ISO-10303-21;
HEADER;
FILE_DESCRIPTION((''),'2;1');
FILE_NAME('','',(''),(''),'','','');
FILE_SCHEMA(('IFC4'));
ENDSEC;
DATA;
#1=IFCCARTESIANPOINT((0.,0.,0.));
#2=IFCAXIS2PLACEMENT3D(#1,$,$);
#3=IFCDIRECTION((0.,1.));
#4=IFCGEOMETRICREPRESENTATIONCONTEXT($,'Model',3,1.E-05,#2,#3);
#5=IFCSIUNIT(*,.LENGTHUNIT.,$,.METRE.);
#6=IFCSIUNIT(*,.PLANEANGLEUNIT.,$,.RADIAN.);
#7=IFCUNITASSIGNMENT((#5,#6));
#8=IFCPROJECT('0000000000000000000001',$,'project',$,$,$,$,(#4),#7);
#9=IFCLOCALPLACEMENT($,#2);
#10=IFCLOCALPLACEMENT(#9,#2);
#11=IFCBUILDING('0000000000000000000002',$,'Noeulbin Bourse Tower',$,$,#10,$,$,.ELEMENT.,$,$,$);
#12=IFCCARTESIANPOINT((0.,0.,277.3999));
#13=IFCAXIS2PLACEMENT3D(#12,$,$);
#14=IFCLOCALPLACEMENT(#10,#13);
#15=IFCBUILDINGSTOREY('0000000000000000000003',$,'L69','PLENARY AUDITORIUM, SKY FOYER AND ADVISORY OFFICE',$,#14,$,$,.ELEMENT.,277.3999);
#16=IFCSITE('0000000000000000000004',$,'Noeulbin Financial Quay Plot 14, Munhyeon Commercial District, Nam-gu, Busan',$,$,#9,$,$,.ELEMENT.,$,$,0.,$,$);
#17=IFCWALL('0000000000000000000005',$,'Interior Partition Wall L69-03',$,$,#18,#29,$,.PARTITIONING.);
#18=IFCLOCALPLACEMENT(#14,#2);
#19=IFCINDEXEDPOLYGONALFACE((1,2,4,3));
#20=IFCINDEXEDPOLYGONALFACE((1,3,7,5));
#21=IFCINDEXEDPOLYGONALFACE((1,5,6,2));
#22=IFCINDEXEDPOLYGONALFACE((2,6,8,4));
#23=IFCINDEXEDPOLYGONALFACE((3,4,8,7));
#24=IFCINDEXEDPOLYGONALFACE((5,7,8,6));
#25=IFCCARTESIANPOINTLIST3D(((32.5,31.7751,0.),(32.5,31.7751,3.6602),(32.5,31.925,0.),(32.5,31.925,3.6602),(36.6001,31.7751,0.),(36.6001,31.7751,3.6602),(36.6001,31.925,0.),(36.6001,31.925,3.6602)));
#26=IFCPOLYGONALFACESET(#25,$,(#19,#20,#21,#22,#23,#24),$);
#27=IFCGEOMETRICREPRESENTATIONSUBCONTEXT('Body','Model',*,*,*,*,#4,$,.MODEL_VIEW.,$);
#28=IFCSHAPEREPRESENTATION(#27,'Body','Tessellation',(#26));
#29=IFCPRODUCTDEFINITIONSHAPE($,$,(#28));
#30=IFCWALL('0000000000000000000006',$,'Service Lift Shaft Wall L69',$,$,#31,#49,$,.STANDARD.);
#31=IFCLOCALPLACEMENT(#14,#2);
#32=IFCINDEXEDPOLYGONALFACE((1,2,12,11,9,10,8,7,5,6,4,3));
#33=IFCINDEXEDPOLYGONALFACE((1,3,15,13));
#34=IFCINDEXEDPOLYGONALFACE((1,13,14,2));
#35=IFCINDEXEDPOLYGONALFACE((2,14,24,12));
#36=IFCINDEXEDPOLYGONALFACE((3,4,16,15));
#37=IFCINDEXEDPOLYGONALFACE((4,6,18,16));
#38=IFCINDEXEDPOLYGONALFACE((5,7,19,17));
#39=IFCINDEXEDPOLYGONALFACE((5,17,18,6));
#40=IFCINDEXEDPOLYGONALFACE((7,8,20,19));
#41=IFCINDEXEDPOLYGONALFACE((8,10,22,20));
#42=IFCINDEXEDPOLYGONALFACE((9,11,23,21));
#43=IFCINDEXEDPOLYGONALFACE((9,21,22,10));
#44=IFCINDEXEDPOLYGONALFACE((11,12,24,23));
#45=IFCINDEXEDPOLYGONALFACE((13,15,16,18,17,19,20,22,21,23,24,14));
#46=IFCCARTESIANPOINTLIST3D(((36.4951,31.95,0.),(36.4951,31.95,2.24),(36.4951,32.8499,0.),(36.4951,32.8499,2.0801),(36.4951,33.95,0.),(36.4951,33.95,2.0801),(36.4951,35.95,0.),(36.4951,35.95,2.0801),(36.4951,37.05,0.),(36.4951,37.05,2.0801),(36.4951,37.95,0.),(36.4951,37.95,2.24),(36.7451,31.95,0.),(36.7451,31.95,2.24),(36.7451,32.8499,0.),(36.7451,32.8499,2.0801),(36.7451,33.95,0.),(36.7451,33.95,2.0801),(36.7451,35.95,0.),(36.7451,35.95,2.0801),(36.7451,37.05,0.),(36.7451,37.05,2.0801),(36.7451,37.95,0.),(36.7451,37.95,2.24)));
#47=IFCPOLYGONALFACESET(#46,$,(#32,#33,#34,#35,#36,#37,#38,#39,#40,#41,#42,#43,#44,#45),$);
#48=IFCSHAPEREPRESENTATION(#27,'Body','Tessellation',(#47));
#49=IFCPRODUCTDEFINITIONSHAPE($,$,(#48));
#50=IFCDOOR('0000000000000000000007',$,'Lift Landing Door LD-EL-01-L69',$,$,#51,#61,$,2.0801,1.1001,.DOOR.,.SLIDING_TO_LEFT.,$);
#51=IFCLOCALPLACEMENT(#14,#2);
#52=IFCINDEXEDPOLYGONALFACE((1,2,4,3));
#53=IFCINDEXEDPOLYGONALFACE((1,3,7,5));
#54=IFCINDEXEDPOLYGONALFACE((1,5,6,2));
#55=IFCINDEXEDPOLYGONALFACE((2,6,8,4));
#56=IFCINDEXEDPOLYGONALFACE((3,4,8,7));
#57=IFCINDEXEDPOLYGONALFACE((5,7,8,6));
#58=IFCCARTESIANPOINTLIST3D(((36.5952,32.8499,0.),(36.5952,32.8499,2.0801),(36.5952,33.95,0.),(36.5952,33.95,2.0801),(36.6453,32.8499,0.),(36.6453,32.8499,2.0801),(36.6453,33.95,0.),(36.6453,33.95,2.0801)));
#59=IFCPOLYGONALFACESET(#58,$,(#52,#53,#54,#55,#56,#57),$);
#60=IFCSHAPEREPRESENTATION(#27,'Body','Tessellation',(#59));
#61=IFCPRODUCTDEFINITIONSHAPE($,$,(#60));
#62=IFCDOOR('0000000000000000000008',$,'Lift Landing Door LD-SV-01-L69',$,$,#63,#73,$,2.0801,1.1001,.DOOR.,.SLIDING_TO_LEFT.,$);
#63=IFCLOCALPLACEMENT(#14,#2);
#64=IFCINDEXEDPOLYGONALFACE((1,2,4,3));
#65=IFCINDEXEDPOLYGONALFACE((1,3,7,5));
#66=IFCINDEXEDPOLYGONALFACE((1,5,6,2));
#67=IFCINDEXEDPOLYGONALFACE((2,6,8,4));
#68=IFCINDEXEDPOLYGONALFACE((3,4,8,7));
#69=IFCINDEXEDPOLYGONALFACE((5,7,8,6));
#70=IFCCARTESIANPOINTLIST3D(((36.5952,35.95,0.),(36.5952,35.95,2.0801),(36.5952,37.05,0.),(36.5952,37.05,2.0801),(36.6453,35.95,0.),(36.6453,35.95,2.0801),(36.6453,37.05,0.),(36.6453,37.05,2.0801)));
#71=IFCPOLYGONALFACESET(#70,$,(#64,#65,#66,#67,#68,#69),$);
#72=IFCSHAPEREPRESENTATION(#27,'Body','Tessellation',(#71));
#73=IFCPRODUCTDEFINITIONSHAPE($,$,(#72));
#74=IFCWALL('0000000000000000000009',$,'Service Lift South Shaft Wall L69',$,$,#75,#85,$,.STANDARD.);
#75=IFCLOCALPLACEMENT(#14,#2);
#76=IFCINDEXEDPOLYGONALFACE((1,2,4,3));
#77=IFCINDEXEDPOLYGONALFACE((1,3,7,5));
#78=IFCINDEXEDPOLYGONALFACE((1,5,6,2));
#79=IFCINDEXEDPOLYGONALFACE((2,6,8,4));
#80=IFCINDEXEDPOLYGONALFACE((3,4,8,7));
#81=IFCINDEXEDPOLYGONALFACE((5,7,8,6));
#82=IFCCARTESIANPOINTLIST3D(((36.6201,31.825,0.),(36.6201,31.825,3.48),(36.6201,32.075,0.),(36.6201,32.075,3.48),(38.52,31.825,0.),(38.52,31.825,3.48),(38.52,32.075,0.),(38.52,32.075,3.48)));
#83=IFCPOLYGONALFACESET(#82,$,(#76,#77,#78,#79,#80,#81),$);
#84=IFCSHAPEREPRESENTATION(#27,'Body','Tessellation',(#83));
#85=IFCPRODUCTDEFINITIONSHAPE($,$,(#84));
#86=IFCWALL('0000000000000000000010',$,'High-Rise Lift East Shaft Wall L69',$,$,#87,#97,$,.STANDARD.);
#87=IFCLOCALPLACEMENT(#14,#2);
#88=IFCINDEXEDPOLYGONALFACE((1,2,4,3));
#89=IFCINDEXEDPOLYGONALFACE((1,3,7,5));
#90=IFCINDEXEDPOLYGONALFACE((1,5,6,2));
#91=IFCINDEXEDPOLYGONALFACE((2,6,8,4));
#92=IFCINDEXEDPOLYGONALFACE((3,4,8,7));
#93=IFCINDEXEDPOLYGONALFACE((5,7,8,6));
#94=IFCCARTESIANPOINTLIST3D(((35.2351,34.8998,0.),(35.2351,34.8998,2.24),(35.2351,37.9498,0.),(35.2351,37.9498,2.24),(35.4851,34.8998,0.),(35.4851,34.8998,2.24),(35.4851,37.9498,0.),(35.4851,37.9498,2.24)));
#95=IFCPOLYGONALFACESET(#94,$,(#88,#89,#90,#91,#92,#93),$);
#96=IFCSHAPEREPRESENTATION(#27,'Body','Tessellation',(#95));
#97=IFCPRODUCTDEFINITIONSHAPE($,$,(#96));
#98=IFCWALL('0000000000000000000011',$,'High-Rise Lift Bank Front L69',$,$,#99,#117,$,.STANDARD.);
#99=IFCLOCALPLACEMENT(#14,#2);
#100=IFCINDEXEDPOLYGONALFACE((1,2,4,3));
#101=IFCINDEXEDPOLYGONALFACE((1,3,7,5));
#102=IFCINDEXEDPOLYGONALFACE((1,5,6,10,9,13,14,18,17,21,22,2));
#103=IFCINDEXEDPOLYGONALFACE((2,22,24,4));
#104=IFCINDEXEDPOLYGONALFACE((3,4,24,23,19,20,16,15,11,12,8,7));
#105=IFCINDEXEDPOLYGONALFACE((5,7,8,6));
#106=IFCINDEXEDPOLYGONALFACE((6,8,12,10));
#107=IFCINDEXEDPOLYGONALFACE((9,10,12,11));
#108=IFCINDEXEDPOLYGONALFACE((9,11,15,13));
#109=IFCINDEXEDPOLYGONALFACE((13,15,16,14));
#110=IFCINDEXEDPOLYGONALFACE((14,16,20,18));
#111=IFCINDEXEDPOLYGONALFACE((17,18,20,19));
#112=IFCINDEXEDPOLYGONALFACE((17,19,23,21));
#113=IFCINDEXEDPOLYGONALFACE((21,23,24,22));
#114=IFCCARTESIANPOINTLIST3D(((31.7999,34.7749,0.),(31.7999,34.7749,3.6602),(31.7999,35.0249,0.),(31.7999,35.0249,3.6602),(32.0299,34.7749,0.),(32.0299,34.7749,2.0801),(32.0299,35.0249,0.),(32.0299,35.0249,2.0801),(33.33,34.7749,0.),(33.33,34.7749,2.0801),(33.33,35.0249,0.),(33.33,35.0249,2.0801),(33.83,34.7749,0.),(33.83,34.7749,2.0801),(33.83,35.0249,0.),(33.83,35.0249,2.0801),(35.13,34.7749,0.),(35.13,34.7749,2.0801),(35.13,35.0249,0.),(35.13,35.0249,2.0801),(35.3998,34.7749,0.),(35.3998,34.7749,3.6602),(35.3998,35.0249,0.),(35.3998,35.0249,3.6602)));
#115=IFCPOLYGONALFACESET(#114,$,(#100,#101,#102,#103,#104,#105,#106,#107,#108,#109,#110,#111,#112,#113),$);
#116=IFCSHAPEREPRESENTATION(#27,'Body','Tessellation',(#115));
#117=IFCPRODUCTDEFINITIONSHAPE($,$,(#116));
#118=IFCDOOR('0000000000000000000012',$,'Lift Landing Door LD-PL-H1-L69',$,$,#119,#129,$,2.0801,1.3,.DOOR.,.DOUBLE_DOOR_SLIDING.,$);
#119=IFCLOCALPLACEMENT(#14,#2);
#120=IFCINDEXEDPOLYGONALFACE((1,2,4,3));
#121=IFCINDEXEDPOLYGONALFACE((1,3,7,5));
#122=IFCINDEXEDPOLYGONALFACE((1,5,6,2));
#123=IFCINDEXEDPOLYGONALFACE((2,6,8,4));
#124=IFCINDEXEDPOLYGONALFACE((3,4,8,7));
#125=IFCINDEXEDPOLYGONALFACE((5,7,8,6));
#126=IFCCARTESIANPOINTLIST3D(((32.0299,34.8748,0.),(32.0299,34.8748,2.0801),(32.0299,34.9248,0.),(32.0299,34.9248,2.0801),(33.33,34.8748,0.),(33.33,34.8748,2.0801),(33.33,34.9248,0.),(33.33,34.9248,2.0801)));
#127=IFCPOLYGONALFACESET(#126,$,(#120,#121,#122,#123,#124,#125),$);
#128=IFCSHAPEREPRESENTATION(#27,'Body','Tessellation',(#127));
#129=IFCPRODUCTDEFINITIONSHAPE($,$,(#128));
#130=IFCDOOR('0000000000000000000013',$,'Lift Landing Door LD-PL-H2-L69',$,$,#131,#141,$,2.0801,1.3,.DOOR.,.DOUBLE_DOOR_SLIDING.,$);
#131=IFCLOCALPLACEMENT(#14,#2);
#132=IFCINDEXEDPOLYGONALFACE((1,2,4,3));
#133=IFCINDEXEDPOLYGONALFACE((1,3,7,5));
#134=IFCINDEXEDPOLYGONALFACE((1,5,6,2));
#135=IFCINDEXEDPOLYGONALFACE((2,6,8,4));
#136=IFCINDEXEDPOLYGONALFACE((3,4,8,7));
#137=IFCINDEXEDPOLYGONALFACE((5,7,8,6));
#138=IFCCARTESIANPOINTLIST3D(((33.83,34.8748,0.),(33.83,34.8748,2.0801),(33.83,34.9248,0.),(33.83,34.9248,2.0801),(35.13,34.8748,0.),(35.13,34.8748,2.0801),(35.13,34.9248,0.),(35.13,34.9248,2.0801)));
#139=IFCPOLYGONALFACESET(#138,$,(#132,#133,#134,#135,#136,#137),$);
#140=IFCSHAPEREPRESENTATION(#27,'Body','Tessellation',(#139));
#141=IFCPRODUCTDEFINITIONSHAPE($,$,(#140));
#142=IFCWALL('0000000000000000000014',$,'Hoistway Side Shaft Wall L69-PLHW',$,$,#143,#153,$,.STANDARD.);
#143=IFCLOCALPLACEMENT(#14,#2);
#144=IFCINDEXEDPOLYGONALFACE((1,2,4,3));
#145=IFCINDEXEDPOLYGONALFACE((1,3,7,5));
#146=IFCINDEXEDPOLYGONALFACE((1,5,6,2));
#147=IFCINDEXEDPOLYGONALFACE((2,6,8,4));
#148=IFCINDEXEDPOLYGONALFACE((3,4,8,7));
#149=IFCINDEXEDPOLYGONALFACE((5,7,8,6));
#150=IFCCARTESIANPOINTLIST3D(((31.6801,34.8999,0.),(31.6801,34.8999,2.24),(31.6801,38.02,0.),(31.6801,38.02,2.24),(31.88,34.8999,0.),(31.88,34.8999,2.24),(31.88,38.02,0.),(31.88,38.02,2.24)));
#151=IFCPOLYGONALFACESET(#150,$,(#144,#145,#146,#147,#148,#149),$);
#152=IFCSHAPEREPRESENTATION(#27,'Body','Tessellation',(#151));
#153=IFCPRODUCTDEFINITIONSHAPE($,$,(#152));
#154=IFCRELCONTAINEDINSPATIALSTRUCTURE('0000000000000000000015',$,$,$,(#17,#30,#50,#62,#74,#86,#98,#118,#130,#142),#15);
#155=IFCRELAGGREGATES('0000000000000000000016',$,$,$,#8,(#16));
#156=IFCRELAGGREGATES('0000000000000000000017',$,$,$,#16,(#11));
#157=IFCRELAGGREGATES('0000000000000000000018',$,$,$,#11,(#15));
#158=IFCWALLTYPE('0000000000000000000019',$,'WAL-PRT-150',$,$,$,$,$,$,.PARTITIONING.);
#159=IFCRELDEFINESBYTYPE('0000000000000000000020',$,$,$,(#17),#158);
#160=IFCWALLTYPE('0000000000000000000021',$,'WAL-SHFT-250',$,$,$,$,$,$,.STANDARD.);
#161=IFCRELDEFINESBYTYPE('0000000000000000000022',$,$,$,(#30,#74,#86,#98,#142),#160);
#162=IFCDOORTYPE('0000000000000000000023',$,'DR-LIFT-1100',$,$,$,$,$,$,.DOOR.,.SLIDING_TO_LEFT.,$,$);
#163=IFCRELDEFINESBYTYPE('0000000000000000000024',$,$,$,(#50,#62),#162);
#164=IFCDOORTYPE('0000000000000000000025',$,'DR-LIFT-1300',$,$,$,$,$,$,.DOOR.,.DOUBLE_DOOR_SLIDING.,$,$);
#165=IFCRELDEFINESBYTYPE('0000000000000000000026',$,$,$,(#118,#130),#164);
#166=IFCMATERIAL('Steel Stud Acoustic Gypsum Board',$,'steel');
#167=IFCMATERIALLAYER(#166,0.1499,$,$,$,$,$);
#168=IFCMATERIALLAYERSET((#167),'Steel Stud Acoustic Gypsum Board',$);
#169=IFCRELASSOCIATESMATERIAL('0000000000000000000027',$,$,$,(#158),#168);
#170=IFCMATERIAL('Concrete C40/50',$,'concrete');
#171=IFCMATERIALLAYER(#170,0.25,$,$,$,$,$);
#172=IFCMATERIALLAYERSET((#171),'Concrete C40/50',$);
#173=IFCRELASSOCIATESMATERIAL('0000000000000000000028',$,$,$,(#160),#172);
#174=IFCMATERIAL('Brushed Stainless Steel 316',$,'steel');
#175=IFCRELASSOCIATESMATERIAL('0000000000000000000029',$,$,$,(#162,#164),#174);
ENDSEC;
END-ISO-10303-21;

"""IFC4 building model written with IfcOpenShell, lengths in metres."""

from ifc_helpers import new_model, si_unit, direction, frame, frame_2d, origin, place, context, subcontext, project, spatial, rectangle, extrude, material, layer, layer_set, type_object, element, fill, save


model = new_model("IFC4")

# Units and contexts
model_context = context("Model", 3, precision=1e-05, world=origin(), true_north=direction((0.0, 1.0)))
body_context = subcontext(model_context, "Body", "Model", "MODEL_VIEW")
ifc_project = project(units=[si_unit("LENGTHUNIT", "METRE"), si_unit("PLANEANGLEUNIT", "RADIAN")], contexts=[model_context])

# Site, building, storey
site_placement = place(None, origin())
site = spatial("IfcSite", under=ifc_project, at=site_placement, Name="Noeulbin Financial Quay Plot 14, Munhyeon Commercial District, Nam-gu, Busan", CompositionType="ELEMENT", RefElevation=0.0)
building_placement = place(site_placement, origin())
building = spatial("IfcBuilding", under=site, at=building_placement, Name="Noeulbin Bourse Tower", CompositionType="ELEMENT")
storey_placement = place(building_placement, frame((0.0, 0.0, 277.3999)))
storey = spatial("IfcBuildingStorey", under=building, at=storey_placement, Name="L69", Description="PLENARY AUDITORIUM, SKY FOYER AND ADVISORY OFFICE", CompositionType="ELEMENT", Elevation=277.3999)

# Wall
ifc_material_1 = material(Name="Concrete C40/50", Category="concrete")
ifc_material_2 = material(Name="Steel Stud Acoustic Gypsum Board", Category="steel")
ifc_layer_1 = layer(ifc_material_2, 0.1499)
ifc_layer_set_1 = layer_set([ifc_layer_1], Name="Steel Stud Acoustic Gypsum Board")
wall_type_1 = type_object("IfcWallType", Name="WAL-PRT-150", PredefinedType="PARTITIONING", material=ifc_layer_set_1)
wall_1_placement = place(storey_placement, frame((32.5, 31.8501, 0.0), z_axis=(0.0, 0.0, 1.0), x_axis=(1.0, 0.0, 0.0)))
element("IfcWall", 1, at=wall_1_placement, inside=storey, type_object=wall_type_1, Name="Interior Partition Wall L69-03", PredefinedType="PARTITIONING", context=body_context, shape_type="SweptSolid", body=[
    extrude(rectangle(XDim=4.1001, YDim=0.1499, at=frame_2d((2.05, 0.0))), origin(), (0.0, 0.0, 1.0), 3.6602),
])

# Wall, openings, doors
ifc_layer_2 = layer(ifc_material_1, 0.25)
ifc_layer_set_2 = layer_set([ifc_layer_2], Name="Concrete C40/50")
wall_type_2 = type_object("IfcWallType", Name="WAL-SHFT-250", PredefinedType="STANDARD", material=ifc_layer_set_2)
wall_2_placement = place(storey_placement, frame((36.6201, 31.95, 0.0), z_axis=(0.0, 0.0, 1.0), x_axis=(0.0, 1.0, 0.0)))
wall_2 = element("IfcWall", 2, at=wall_2_placement, inside=storey, type_object=wall_type_2, Name="Service Lift Shaft Wall L69", PredefinedType="STANDARD", context=body_context, shape_type="SweptSolid", body=[
    extrude(rectangle(XDim=6.0, YDim=0.25, at=frame_2d((3.0, 0.0))), origin(), (0.0, 0.0, 1.0), 2.24),
])
opening_1_placement = place(wall_2_placement, frame((0.8999, 0.0, 0.0)))
opening_1 = element("IfcOpeningElement", 3, at=opening_1_placement, cuts=wall_2, PredefinedType="OPENING", context=body_context, shape_type="SweptSolid", body=[
    extrude(rectangle(XDim=1.1001, YDim=2.0801, at=frame_2d((0.55, 1.04))), frame((0.0, 0.135, 0.0), z_axis=(0.0, -1.0, 0.0), x_axis=(1.0, 0.0, 0.0)), (0.0, 0.0, 1.0), 0.27),
])
opening_2_placement = place(wall_2_placement, frame((4.0, 0.0, 0.0)))
opening_2 = element("IfcOpeningElement", 4, at=opening_2_placement, cuts=wall_2, PredefinedType="OPENING", context=body_context, shape_type="SweptSolid", body=[
    extrude(rectangle(XDim=1.1001, YDim=2.0801, at=frame_2d((0.55, 1.04))), frame((0.0, 0.135, 0.0), z_axis=(0.0, -1.0, 0.0), x_axis=(1.0, 0.0, 0.0)), (0.0, 0.0, 1.0), 0.27),
])
ifc_material_3 = material(Name="Brushed Stainless Steel 316", Category="steel")
door_type_1 = type_object("IfcDoorType", Name="DR-LIFT-1100", OperationType="SLIDING_TO_LEFT", PredefinedType="DOOR", material=ifc_material_3)
door_1_placement = place(opening_1_placement, origin())
door_1 = element("IfcDoor", 5, at=door_1_placement, inside=storey, type_object=door_type_1, Name="Lift Landing Door LD-EL-01-L69", OperationType="SLIDING_TO_LEFT", OverallHeight=2.0801, OverallWidth=1.1001, PredefinedType="DOOR", context=body_context, shape_type="SweptSolid", body=[
    extrude(rectangle(XDim=1.1001, YDim=2.0801, at=frame_2d((0.55, 1.04))), frame((0.0, 0.0249, 0.0), z_axis=(0.0, -1.0, 0.0), x_axis=(1.0, 0.0, 0.0)), (0.0, 0.0, 1.0), 0.05),
])
fill(opening_1, door_1)
door_2_placement = place(opening_2_placement, origin())
door_2 = element("IfcDoor", 6, at=door_2_placement, inside=storey, type_object=door_type_1, Name="Lift Landing Door LD-SV-01-L69", OperationType="SLIDING_TO_LEFT", OverallHeight=2.0801, OverallWidth=1.1001, PredefinedType="DOOR", context=body_context, shape_type="SweptSolid", body=[
    extrude(rectangle(XDim=1.1001, YDim=2.0801, at=frame_2d((0.55, 1.04))), frame((0.0, 0.0249, 0.0), z_axis=(0.0, -1.0, 0.0), x_axis=(1.0, 0.0, 0.0)), (0.0, 0.0, 1.0), 0.05),
])
fill(opening_2, door_2)

# Walls
wall_3_placement = place(storey_placement, frame((36.6201, 31.95, 0.0), z_axis=(0.0, 0.0, 1.0), x_axis=(1.0, 0.0, 0.0)))
element("IfcWall", 7, at=wall_3_placement, inside=storey, type_object=wall_type_2, Name="Service Lift South Shaft Wall L69", PredefinedType="STANDARD", context=body_context, shape_type="SweptSolid", body=[
    extrude(rectangle(XDim=1.8999, YDim=0.25, at=frame_2d((0.95, 0.0))), origin(), (0.0, 0.0, 1.0), 3.48),
])
wall_4_placement = place(storey_placement, frame((35.3601, 34.8999, 0.0), z_axis=(0.0, 0.0, 1.0), x_axis=(0.0, 1.0, 0.0)))
element("IfcWall", 8, at=wall_4_placement, inside=storey, type_object=wall_type_2, Name="High-Rise Lift East Shaft Wall L69", PredefinedType="STANDARD", context=body_context, shape_type="SweptSolid", body=[
    extrude(rectangle(XDim=3.05, YDim=0.25, at=frame_2d((1.5249, 0.0))), origin(), (0.0, 0.0, 1.0), 2.24),
])

# Wall, openings, doors
wall_5_placement = place(storey_placement, frame((31.8, 34.8999, 0.0), z_axis=(0.0, 0.0, 1.0), x_axis=(1.0, 0.0, 0.0)))
wall_5 = element("IfcWall", 9, at=wall_5_placement, inside=storey, type_object=wall_type_2, Name="High-Rise Lift Bank Front L69", PredefinedType="STANDARD", context=body_context, shape_type="SweptSolid", body=[
    extrude(rectangle(XDim=3.5999, YDim=0.25, at=frame_2d((1.7998, 0.0))), origin(), (0.0, 0.0, 1.0), 3.6602),
])
opening_3_placement = place(wall_5_placement, frame((0.23, 0.0, 0.0)))
opening_3 = element("IfcOpeningElement", 10, at=opening_3_placement, cuts=wall_5, PredefinedType="OPENING", context=body_context, shape_type="SweptSolid", body=[
    extrude(rectangle(XDim=1.3, YDim=2.0801, at=frame_2d((0.6499, 1.04))), frame((0.0, 0.135, 0.0), z_axis=(0.0, -1.0, 0.0), x_axis=(1.0, 0.0, 0.0)), (0.0, 0.0, 1.0), 0.27),
])
opening_4_placement = place(wall_5_placement, frame((2.03, 0.0, 0.0)))
opening_4 = element("IfcOpeningElement", 11, at=opening_4_placement, cuts=wall_5, PredefinedType="OPENING", context=body_context, shape_type="SweptSolid", body=[
    extrude(rectangle(XDim=1.3, YDim=2.0801, at=frame_2d((0.6499, 1.04))), frame((0.0, 0.135, 0.0), z_axis=(0.0, -1.0, 0.0), x_axis=(1.0, 0.0, 0.0)), (0.0, 0.0, 1.0), 0.27),
])
door_type_2 = type_object("IfcDoorType", Name="DR-LIFT-1300", OperationType="DOUBLE_DOOR_SLIDING", PredefinedType="DOOR", material=ifc_material_3)
door_3_placement = place(opening_3_placement, origin())
door_3 = element("IfcDoor", 12, at=door_3_placement, inside=storey, type_object=door_type_2, Name="Lift Landing Door LD-PL-H1-L69", OperationType="DOUBLE_DOOR_SLIDING", OverallHeight=2.0801, OverallWidth=1.3, PredefinedType="DOOR", context=body_context, shape_type="SweptSolid", body=[
    extrude(rectangle(XDim=1.3, YDim=2.0801, at=frame_2d((0.6499, 1.04))), frame((0.0, 0.0249, 0.0), z_axis=(0.0, -1.0, 0.0), x_axis=(1.0, 0.0, 0.0)), (0.0, 0.0, 1.0), 0.05),
])
fill(opening_3, door_3)
door_4_placement = place(opening_4_placement, origin())
door_4 = element("IfcDoor", 13, at=door_4_placement, inside=storey, type_object=door_type_2, Name="Lift Landing Door LD-PL-H2-L69", OperationType="DOUBLE_DOOR_SLIDING", OverallHeight=2.0801, OverallWidth=1.3, PredefinedType="DOOR", context=body_context, shape_type="SweptSolid", body=[
    extrude(rectangle(XDim=1.3, YDim=2.0801, at=frame_2d((0.6499, 1.04))), frame((0.0, 0.0249, 0.0), z_axis=(0.0, -1.0, 0.0), x_axis=(1.0, 0.0, 0.0)), (0.0, 0.0, 1.0), 0.05),
])
fill(opening_4, door_4)

# Wall
wall_6_placement = place(storey_placement, frame((31.78, 34.8999, 0.0), z_axis=(0.0, 0.0, 1.0), x_axis=(0.0, 1.0, 0.0)))
element("IfcWall", 14, at=wall_6_placement, inside=storey, type_object=wall_type_2, Name="Hoistway Side Shaft Wall L69-PLHW", PredefinedType="STANDARD", context=body_context, shape_type="SweptSolid", body=[
    extrude(rectangle(XDim=3.1201, YDim=0.2, at=frame_2d((1.5601, 0.0))), origin(), (0.0, 0.0, 1.0), 2.24),
])

save(model, "model.ifc")
